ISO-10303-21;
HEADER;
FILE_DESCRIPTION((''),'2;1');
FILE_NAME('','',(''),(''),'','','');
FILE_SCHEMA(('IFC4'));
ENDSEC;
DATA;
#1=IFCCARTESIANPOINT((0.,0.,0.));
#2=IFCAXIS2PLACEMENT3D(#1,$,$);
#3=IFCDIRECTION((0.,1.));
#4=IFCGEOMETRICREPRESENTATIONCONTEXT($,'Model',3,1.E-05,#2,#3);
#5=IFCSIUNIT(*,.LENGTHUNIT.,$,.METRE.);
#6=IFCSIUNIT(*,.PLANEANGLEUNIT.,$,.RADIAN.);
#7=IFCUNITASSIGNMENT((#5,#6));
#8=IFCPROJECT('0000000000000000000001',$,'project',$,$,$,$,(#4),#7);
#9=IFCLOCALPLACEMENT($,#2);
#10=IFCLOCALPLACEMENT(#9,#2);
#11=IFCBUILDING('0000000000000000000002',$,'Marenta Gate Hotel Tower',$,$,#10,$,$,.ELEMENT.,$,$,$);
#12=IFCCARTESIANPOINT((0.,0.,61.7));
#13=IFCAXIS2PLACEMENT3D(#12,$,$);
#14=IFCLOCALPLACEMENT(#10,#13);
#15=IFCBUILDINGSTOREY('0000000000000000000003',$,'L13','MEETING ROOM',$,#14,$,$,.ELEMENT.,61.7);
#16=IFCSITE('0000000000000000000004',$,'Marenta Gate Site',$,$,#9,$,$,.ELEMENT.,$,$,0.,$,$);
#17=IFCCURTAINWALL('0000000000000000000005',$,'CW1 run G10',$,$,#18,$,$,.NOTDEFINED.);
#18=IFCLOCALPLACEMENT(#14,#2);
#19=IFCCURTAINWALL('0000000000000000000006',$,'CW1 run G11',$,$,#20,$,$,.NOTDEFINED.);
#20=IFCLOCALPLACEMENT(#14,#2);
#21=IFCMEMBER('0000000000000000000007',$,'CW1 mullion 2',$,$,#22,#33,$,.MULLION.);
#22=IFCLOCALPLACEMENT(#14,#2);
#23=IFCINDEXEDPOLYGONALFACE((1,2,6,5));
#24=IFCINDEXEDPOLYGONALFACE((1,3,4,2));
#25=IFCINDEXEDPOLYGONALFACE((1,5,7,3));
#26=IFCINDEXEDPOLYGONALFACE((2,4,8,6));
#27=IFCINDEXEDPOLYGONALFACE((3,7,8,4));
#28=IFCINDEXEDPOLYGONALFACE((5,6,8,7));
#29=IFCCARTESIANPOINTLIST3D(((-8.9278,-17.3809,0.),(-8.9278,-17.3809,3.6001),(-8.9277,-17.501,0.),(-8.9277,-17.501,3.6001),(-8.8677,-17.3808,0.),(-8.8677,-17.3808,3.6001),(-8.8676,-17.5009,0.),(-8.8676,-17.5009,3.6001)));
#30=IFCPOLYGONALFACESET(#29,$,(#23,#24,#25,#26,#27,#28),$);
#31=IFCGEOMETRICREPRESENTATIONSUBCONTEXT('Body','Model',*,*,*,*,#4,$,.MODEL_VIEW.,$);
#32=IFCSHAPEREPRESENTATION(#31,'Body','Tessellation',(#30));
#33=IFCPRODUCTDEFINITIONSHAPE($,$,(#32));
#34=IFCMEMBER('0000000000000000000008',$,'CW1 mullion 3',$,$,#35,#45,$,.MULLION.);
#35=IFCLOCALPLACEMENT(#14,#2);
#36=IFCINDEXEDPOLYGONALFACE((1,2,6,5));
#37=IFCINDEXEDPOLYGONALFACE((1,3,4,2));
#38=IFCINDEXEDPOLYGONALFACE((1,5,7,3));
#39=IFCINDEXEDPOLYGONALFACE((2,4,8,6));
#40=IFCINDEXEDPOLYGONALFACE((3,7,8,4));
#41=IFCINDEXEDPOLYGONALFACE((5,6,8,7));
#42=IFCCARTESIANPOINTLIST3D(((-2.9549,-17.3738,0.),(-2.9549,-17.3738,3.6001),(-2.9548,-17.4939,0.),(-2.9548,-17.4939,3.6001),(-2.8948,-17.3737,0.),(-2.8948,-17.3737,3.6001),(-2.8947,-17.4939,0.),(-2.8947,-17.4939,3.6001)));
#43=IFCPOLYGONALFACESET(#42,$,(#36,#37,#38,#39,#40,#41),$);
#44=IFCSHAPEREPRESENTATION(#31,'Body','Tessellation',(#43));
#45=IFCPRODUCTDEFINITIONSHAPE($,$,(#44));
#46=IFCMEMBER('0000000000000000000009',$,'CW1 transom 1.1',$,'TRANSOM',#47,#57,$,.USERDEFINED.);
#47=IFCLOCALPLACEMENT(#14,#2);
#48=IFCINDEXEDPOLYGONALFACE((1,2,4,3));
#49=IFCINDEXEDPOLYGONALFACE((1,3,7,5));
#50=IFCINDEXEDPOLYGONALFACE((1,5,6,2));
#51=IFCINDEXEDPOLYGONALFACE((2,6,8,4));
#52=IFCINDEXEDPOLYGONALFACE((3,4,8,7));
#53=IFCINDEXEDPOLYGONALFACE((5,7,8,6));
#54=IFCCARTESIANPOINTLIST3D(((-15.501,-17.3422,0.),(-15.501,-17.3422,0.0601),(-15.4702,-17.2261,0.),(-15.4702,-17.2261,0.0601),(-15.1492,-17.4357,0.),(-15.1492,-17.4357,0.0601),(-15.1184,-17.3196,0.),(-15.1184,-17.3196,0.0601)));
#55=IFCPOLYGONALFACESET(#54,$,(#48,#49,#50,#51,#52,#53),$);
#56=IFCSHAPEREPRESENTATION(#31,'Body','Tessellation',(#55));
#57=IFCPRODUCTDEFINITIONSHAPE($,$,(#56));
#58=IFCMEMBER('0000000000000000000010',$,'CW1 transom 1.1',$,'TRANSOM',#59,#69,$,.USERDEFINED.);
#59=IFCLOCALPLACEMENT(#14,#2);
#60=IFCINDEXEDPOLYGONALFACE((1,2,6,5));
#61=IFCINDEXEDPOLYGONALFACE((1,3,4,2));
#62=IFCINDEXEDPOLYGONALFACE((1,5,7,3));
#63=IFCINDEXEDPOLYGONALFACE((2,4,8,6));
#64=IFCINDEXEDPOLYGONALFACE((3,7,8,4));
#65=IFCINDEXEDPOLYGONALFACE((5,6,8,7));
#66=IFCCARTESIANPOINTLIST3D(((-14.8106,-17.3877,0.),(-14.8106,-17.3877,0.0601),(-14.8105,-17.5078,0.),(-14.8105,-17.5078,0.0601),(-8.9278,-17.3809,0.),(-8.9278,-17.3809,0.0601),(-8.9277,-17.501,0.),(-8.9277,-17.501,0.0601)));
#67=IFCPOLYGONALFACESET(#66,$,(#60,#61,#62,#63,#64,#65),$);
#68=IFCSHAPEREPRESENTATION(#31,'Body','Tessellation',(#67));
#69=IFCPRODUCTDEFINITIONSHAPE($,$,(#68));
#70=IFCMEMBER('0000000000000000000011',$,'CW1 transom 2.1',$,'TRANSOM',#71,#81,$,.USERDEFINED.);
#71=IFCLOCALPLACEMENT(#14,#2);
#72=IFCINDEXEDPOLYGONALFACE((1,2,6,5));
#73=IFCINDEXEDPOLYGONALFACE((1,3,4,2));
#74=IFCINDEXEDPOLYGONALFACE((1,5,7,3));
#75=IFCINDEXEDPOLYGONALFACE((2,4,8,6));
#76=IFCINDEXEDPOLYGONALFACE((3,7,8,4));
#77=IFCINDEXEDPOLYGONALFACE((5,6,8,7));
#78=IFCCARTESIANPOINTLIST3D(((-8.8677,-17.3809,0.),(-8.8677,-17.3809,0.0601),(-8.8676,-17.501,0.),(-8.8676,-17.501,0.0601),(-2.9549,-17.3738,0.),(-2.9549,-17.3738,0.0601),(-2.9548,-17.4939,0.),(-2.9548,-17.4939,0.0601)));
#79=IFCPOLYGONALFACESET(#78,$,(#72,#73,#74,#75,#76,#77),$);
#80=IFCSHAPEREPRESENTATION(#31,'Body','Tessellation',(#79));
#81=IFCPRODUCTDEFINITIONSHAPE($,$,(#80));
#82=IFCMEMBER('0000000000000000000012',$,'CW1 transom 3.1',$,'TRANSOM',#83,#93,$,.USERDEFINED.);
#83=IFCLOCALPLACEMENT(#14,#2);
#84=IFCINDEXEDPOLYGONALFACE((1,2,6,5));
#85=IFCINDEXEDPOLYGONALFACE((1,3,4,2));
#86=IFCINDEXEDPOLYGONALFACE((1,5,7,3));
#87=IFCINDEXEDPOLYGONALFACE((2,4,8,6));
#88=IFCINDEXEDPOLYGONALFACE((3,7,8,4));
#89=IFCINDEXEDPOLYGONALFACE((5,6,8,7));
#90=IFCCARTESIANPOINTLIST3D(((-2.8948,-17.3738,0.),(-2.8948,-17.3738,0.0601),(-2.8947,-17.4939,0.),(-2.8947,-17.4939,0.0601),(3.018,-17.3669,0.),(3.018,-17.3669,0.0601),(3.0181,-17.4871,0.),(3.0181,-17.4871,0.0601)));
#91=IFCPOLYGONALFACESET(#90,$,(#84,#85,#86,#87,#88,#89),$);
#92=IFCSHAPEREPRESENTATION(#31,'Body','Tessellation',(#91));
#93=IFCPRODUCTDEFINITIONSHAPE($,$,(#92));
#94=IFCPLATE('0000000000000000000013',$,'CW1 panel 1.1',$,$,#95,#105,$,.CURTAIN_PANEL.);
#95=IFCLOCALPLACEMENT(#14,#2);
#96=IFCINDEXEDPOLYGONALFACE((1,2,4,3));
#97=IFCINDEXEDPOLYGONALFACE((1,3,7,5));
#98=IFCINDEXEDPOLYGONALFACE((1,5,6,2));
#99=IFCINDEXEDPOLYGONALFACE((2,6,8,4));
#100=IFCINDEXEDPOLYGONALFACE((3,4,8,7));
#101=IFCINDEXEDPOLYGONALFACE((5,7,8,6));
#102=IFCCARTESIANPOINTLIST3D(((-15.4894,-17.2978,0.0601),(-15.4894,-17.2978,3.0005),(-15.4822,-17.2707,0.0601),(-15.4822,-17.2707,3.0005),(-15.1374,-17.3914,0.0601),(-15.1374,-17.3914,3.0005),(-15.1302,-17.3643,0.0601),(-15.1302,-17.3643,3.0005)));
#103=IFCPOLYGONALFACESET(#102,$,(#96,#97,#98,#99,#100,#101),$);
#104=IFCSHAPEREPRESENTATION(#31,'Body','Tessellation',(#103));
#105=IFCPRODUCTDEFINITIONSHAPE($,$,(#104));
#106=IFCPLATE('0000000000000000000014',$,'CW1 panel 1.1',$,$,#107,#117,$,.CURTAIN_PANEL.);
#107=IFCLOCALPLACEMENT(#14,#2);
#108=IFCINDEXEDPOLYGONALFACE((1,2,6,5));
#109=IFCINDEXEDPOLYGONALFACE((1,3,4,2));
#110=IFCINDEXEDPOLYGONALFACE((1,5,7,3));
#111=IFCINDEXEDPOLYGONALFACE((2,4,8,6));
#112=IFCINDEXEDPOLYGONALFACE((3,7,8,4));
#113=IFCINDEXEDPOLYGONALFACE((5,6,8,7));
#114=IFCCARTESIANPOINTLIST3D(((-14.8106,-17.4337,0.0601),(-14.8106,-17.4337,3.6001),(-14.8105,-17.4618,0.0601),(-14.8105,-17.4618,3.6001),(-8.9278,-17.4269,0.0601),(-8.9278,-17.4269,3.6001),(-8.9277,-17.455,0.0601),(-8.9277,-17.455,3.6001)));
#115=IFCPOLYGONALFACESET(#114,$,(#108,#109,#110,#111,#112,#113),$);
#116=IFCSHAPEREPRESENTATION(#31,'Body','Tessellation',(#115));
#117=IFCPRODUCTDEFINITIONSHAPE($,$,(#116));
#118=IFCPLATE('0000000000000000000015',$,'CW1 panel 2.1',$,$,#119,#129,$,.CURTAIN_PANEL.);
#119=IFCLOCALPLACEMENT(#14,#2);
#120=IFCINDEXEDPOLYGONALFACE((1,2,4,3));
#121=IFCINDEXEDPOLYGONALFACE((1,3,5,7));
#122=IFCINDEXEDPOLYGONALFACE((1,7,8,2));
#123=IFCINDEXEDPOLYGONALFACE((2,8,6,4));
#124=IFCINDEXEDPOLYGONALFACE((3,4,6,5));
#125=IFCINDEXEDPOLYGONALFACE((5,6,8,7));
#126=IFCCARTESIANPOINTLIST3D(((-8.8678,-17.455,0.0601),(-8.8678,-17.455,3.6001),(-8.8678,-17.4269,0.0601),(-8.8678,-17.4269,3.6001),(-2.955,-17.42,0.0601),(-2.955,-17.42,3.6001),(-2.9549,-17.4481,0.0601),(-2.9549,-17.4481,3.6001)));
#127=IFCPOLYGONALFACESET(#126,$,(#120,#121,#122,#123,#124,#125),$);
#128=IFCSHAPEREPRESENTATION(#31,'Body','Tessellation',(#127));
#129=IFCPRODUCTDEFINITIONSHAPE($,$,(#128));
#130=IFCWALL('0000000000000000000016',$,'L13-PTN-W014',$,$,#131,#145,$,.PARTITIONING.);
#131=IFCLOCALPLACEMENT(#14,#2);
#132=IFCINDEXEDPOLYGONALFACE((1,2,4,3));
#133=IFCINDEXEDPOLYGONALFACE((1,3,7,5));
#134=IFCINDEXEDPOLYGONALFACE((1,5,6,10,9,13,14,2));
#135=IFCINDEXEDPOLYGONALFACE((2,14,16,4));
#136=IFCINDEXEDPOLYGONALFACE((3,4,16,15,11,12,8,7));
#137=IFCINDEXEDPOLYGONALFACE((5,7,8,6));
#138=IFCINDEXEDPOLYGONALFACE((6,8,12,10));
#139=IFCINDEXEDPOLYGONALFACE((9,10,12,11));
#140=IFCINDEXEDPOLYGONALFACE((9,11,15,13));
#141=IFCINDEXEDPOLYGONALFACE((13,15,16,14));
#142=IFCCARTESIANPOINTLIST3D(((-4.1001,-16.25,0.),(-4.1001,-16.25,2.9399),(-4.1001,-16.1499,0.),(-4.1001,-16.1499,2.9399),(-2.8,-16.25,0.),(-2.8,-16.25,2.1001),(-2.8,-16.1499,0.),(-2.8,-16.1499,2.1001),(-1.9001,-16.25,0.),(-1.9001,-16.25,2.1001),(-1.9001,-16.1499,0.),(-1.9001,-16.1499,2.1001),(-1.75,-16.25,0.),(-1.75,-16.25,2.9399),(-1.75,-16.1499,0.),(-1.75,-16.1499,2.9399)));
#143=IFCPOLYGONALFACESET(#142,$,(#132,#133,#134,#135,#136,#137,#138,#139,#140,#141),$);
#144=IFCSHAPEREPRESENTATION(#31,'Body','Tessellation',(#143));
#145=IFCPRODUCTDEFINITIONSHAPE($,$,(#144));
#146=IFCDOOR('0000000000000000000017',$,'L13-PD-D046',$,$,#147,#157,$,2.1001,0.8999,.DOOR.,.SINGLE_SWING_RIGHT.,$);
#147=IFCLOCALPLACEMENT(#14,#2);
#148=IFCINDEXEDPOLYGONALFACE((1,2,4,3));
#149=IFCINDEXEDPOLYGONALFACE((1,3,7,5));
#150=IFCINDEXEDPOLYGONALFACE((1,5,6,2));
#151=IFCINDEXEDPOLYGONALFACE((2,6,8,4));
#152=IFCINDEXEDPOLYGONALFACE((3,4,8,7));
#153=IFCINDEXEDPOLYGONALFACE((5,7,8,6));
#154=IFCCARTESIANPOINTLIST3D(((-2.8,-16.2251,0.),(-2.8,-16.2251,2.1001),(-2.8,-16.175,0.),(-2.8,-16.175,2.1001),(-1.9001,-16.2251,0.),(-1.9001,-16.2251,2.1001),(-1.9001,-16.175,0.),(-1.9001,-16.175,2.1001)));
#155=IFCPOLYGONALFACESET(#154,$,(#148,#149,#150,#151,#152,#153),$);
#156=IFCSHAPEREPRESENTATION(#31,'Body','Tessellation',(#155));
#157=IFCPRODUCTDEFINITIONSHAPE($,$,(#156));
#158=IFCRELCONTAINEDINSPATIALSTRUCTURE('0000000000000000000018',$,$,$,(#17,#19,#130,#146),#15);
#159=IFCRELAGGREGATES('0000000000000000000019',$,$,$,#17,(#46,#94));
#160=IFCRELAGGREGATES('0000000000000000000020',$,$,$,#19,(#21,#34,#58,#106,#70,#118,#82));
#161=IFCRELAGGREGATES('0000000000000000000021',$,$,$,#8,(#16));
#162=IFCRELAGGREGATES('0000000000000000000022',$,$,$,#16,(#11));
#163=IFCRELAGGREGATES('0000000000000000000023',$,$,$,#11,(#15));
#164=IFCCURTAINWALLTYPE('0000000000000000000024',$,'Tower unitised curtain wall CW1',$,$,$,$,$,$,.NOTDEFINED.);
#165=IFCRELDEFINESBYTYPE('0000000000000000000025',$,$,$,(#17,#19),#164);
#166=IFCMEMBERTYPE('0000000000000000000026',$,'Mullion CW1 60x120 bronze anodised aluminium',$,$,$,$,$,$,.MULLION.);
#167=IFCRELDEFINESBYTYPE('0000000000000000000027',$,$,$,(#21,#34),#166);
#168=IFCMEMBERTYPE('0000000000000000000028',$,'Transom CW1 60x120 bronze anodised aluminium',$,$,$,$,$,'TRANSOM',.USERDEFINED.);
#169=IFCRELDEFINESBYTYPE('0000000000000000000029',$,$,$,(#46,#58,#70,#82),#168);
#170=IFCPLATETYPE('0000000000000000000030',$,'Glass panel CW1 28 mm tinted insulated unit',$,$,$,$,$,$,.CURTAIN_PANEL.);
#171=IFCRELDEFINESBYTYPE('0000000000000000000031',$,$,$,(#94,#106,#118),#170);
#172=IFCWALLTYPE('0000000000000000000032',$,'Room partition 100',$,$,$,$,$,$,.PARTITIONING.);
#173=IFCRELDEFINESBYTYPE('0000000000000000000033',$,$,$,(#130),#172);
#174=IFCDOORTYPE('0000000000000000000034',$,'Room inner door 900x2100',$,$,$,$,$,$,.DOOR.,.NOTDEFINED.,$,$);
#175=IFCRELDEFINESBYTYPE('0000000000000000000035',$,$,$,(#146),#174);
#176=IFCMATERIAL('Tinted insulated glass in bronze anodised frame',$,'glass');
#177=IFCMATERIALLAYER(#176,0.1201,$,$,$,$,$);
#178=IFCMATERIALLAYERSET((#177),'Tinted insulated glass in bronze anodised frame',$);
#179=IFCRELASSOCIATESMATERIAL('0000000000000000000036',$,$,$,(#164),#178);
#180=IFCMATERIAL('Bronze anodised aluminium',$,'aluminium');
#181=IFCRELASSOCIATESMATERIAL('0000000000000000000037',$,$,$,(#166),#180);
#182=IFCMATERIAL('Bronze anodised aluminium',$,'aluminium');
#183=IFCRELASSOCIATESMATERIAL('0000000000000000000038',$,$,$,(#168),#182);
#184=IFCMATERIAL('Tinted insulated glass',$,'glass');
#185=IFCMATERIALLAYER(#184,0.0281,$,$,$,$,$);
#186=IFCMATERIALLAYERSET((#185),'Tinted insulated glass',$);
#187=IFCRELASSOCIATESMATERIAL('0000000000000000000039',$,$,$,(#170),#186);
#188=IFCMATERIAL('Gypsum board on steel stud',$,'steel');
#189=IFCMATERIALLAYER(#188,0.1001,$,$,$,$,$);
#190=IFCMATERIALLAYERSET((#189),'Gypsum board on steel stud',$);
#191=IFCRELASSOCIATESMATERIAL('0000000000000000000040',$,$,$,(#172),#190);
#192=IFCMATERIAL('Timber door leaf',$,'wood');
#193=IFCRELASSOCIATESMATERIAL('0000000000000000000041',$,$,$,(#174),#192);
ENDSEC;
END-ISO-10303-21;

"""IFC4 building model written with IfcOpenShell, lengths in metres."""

from ifc_helpers import new_model, si_unit, direction, frame, frame_2d, origin, origin_2d, place, context, subcontext, project, spatial, rectangle, extrude, material, layer, layer_set, material_profile, profile_set, type_object, element, fill, aggregate, save


model = new_model("IFC4")

# Units and contexts
model_context = context("Model", 3, precision=1e-05, world=origin(), true_north=direction((0.0, 1.0)))
body_context = subcontext(model_context, "Body", "Model", "MODEL_VIEW")
ifc_project = project(units=[si_unit("LENGTHUNIT", "METRE"), si_unit("PLANEANGLEUNIT", "RADIAN")], contexts=[model_context])

# Site, building, storey
site_placement = place(None, origin())
site = spatial("IfcSite", under=ifc_project, at=site_placement, Name="Marenta Gate Site", CompositionType="ELEMENT", RefElevation=0.0)
building_placement = place(site_placement, origin())
building = spatial("IfcBuilding", under=site, at=building_placement, Name="Marenta Gate Hotel Tower", CompositionType="ELEMENT")
storey_placement = place(building_placement, frame((0.0, 0.0, 61.7)))
storey = spatial("IfcBuildingStorey", under=building, at=storey_placement, Name="L13", Description="MEETING ROOM", CompositionType="ELEMENT", Elevation=61.7)

# Curtain walls, members
ifc_material_1 = material(Name="Tinted insulated glass in bronze anodised frame", Category="glass")
ifc_layer_1 = layer(ifc_material_1, 0.1201)
ifc_layer_set_1 = layer_set([ifc_layer_1], Name="Tinted insulated glass in bronze anodised frame")
curtain_wall_type = type_object("IfcCurtainWallType", Name="Tower unitised curtain wall CW1", PredefinedType="NOTDEFINED", material=ifc_layer_set_1)
curtain_wall_1_placement = place(storey_placement, origin())
curtain_wall_1 = element("IfcCurtainWall", 1, at=curtain_wall_1_placement, inside=storey, type_object=curtain_wall_type, Name="CW1 run G10", PredefinedType="NOTDEFINED")
ifc_material_2 = material(Name="Bronze anodised aluminium", Category="aluminium")
ifc_material_profile_1 = material_profile(ifc_material_2, rectangle(XDim=0.1201, YDim=0.0601, at=origin_2d()), Name="Mullion CW1 60x120 bronze anodised aluminium")
ifc_profile_set_1 = profile_set([ifc_material_profile_1], Name="Bronze anodised aluminium")
member_type_1 = type_object("IfcMemberType", Name="Mullion CW1 60x120 bronze anodised aluminium", PredefinedType="MULLION", material=ifc_profile_set_1)
curtain_wall_2_placement = place(storey_placement, origin())
curtain_wall_2 = element("IfcCurtainWall", 2, at=curtain_wall_2_placement, inside=storey, type_object=curtain_wall_type, Name="CW1 run G11", PredefinedType="NOTDEFINED")
member_1_placement = place(storey_placement, frame((-8.8977, -17.4409, 0.0), z_axis=(0.0, 0.0, 1.0), x_axis=(-0.001162, 0.999999, 0.0)))
member_1 = element("IfcMember", 3, at=member_1_placement, type_object=member_type_1, Name="CW1 mullion 2", PredefinedType="MULLION", context=body_context, shape_type="SweptSolid", body=[
    extrude(rectangle(XDim=0.1201, YDim=0.0601, at=origin_2d()), origin(), (0.0, 0.0, 1.0), 3.6001),
])
member_2_placement = place(storey_placement, frame((-2.9248, -17.4338, 0.0), z_axis=(0.0, 0.0, 1.0), x_axis=(-0.001162, 0.999999, 0.0)))
member_2 = element("IfcMember", 4, at=member_2_placement, type_object=member_type_1, Name="CW1 mullion 3", PredefinedType="MULLION", context=body_context, shape_type="SweptSolid", body=[
    extrude(rectangle(XDim=0.1201, YDim=0.0601, at=origin_2d()), origin(), (0.0, 0.0, 1.0), 3.6001),
])

# Members
ifc_material_3 = material(Name="Bronze anodised aluminium", Category="aluminium")
ifc_material_profile_2 = material_profile(ifc_material_3, rectangle(XDim=0.1201, YDim=0.0601, at=origin_2d()), Name="Transom CW1 60x120 bronze anodised aluminium")
ifc_profile_set_2 = profile_set([ifc_material_profile_2], Name="Bronze anodised aluminium")
member_type_2 = type_object("IfcMemberType", Name="Transom CW1 60x120 bronze anodised aluminium", ElementType="TRANSOM", PredefinedType="USERDEFINED", material=ifc_profile_set_2)
member_3_placement = place(storey_placement, frame((-15.4856, -17.2842, 0.03), z_axis=(0.966446, -0.256869, 0.0), x_axis=(0.256869, 0.966446, 0.0)))
member_3 = element("IfcMember", 5, at=member_3_placement, type_object=member_type_2, Name="CW1 transom 1.1", ObjectType="TRANSOM", PredefinedType="USERDEFINED", context=body_context, shape_type="SweptSolid", body=[
    extrude(rectangle(XDim=0.1201, YDim=0.0601, at=origin_2d()), origin(), (0.0, 0.0, 1.0), 0.364),
])
member_4_placement = place(storey_placement, frame((-14.8105, -17.4478, 0.03), z_axis=(0.999999, 0.001162, 0.0), x_axis=(-0.001162, 0.999999, 0.0)))
member_4 = element("IfcMember", 6, at=member_4_placement, type_object=member_type_2, Name="CW1 transom 1.1", ObjectType="TRANSOM", PredefinedType="USERDEFINED", context=body_context, shape_type="SweptSolid", body=[
    extrude(rectangle(XDim=0.1201, YDim=0.0601, at=origin_2d()), origin(), (0.0, 0.0, 1.0), 5.8828),
])
member_5_placement = place(storey_placement, frame((-8.8677, -17.4409, 0.03), z_axis=(0.999999, 0.001197, 0.0), x_axis=(-0.001197, 0.999999, 0.0)))
member_5 = element("IfcMember", 7, at=member_5_placement, type_object=member_type_2, Name="CW1 transom 2.1", ObjectType="TRANSOM", PredefinedType="USERDEFINED", context=body_context, shape_type="SweptSolid", body=[
    extrude(rectangle(XDim=0.1201, YDim=0.0601, at=origin_2d()), origin(), (0.0, 0.0, 1.0), 5.9128),
])
member_6_placement = place(storey_placement, frame((-2.8948, -17.4338, 0.03), z_axis=(0.999999, 0.001156, 0.0), x_axis=(-0.001156, 0.999999, 0.0)))
member_6 = element("IfcMember", 8, at=member_6_placement, type_object=member_type_2, Name="CW1 transom 3.1", ObjectType="TRANSOM", PredefinedType="USERDEFINED", context=body_context, shape_type="SweptSolid", body=[
    extrude(rectangle(XDim=0.1201, YDim=0.0601, at=origin_2d()), origin(), (0.0, 0.0, 1.0), 5.9128),
])

# Plates
ifc_material_4 = material(Name="Tinted insulated glass", Category="glass")
ifc_layer_2 = layer(ifc_material_4, 0.0281)
ifc_layer_set_2 = layer_set([ifc_layer_2], Name="Tinted insulated glass")
plate_type = type_object("IfcPlateType", Name="Glass panel CW1 28 mm tinted insulated unit", PredefinedType="CURTAIN_PANEL", material=ifc_layer_set_2)
plate_1_placement = place(storey_placement, frame((-15.3098, -17.3311, 0.0601), z_axis=(0.0, 0.0, 1.0), x_axis=(0.966389, -0.257084, 0.0)))
plate_1 = element("IfcPlate", 9, at=plate_1_placement, type_object=plate_type, Name="CW1 panel 1.1", PredefinedType="CURTAIN_PANEL", context=body_context, shape_type="SweptSolid", body=[
    extrude(rectangle(XDim=0.3643, YDim=0.0281, at=origin_2d()), origin(), (0.0, 0.0, 1.0), 2.9404),
])
aggregate(curtain_wall_1, [member_3, plate_1])
plate_2_placement = place(storey_placement, frame((-11.8691, -17.4443, 0.0601), z_axis=(0.0, 0.0, 1.0), x_axis=(0.999999, 0.001162, 0.0)))
plate_2 = element("IfcPlate", 10, at=plate_2_placement, type_object=plate_type, Name="CW1 panel 1.1", PredefinedType="CURTAIN_PANEL", context=body_context, shape_type="SweptSolid", body=[
    extrude(rectangle(XDim=5.8828, YDim=0.0281, at=origin_2d()), origin(), (0.0, 0.0, 1.0), 3.54),
])
plate_3_placement = place(storey_placement, frame((-5.9114, -17.4375, 0.0601), z_axis=(0.0, 0.0, 1.0), x_axis=(0.999999, 0.001162, 0.0)))
plate_3 = element("IfcPlate", 11, at=plate_3_placement, type_object=plate_type, Name="CW1 panel 2.1", PredefinedType="CURTAIN_PANEL", context=body_context, shape_type="SweptSolid", body=[
    extrude(rectangle(XDim=5.9128, YDim=0.0281, at=origin_2d()), origin(), (0.0, 0.0, 1.0), 3.54),
])
aggregate(curtain_wall_2, [member_1, member_2, member_4, plate_2, member_5, plate_3, member_6])

# Wall, opening, door
ifc_material_5 = material(Name="Gypsum board on steel stud", Category="steel")
ifc_layer_3 = layer(ifc_material_5, 0.1001)
ifc_layer_set_3 = layer_set([ifc_layer_3], Name="Gypsum board on steel stud")
wall_type_1 = type_object("IfcWallType", Name="Room partition 100", PredefinedType="PARTITIONING", material=ifc_layer_set_3)
wall_1_placement = place(storey_placement, frame((-4.1001, -16.2, 0.0), z_axis=(0.0, 0.0, 1.0), x_axis=(1.0, 0.0, 0.0)))
wall_1 = element("IfcWall", 12, at=wall_1_placement, inside=storey, type_object=wall_type_1, Name="L13-PTN-W014", PredefinedType="PARTITIONING", context=body_context, shape_type="SweptSolid", body=[
    extrude(rectangle(XDim=2.3501, YDim=0.1001, at=frame_2d((1.175, 0.0))), origin(), (0.0, 0.0, 1.0), 2.9399),
])
opening_1_placement = place(wall_1_placement, frame((1.3, 0.0, 0.0)))
opening_1 = element("IfcOpeningElement", 13, at=opening_1_placement, cuts=wall_1, PredefinedType="OPENING", context=body_context, shape_type="SweptSolid", body=[
    extrude(rectangle(XDim=0.8999, YDim=2.1001, at=frame_2d((0.45, 1.05))), frame((0.0, 0.05, 0.0), z_axis=(0.0, -1.0, 0.0), x_axis=(1.0, 0.0, 0.0)), (0.0, 0.0, 1.0), 0.1001),
])
ifc_material_6 = material(Name="Timber door leaf", Category="wood")
door_type_1 = type_object("IfcDoorType", Name="Room inner door 900x2100", OperationType="NOTDEFINED", PredefinedType="DOOR", material=ifc_material_6)
door_1_placement = place(opening_1_placement, origin())
door_1 = element("IfcDoor", 14, at=door_1_placement, inside=storey, type_object=door_type_1, Name="L13-PD-D046", OperationType="SINGLE_SWING_RIGHT", OverallHeight=2.1001, OverallWidth=0.8999, PredefinedType="DOOR", context=body_context, shape_type="SweptSolid", body=[
    extrude(rectangle(XDim=0.8999, YDim=2.1001, at=frame_2d((0.45, 1.05))), frame((0.0, 0.0249, 0.0), z_axis=(0.0, -1.0, 0.0), x_axis=(1.0, 0.0, 0.0)), (0.0, 0.0, 1.0), 0.05),
])
fill(opening_1, door_1)

save(model, "model.ifc")
